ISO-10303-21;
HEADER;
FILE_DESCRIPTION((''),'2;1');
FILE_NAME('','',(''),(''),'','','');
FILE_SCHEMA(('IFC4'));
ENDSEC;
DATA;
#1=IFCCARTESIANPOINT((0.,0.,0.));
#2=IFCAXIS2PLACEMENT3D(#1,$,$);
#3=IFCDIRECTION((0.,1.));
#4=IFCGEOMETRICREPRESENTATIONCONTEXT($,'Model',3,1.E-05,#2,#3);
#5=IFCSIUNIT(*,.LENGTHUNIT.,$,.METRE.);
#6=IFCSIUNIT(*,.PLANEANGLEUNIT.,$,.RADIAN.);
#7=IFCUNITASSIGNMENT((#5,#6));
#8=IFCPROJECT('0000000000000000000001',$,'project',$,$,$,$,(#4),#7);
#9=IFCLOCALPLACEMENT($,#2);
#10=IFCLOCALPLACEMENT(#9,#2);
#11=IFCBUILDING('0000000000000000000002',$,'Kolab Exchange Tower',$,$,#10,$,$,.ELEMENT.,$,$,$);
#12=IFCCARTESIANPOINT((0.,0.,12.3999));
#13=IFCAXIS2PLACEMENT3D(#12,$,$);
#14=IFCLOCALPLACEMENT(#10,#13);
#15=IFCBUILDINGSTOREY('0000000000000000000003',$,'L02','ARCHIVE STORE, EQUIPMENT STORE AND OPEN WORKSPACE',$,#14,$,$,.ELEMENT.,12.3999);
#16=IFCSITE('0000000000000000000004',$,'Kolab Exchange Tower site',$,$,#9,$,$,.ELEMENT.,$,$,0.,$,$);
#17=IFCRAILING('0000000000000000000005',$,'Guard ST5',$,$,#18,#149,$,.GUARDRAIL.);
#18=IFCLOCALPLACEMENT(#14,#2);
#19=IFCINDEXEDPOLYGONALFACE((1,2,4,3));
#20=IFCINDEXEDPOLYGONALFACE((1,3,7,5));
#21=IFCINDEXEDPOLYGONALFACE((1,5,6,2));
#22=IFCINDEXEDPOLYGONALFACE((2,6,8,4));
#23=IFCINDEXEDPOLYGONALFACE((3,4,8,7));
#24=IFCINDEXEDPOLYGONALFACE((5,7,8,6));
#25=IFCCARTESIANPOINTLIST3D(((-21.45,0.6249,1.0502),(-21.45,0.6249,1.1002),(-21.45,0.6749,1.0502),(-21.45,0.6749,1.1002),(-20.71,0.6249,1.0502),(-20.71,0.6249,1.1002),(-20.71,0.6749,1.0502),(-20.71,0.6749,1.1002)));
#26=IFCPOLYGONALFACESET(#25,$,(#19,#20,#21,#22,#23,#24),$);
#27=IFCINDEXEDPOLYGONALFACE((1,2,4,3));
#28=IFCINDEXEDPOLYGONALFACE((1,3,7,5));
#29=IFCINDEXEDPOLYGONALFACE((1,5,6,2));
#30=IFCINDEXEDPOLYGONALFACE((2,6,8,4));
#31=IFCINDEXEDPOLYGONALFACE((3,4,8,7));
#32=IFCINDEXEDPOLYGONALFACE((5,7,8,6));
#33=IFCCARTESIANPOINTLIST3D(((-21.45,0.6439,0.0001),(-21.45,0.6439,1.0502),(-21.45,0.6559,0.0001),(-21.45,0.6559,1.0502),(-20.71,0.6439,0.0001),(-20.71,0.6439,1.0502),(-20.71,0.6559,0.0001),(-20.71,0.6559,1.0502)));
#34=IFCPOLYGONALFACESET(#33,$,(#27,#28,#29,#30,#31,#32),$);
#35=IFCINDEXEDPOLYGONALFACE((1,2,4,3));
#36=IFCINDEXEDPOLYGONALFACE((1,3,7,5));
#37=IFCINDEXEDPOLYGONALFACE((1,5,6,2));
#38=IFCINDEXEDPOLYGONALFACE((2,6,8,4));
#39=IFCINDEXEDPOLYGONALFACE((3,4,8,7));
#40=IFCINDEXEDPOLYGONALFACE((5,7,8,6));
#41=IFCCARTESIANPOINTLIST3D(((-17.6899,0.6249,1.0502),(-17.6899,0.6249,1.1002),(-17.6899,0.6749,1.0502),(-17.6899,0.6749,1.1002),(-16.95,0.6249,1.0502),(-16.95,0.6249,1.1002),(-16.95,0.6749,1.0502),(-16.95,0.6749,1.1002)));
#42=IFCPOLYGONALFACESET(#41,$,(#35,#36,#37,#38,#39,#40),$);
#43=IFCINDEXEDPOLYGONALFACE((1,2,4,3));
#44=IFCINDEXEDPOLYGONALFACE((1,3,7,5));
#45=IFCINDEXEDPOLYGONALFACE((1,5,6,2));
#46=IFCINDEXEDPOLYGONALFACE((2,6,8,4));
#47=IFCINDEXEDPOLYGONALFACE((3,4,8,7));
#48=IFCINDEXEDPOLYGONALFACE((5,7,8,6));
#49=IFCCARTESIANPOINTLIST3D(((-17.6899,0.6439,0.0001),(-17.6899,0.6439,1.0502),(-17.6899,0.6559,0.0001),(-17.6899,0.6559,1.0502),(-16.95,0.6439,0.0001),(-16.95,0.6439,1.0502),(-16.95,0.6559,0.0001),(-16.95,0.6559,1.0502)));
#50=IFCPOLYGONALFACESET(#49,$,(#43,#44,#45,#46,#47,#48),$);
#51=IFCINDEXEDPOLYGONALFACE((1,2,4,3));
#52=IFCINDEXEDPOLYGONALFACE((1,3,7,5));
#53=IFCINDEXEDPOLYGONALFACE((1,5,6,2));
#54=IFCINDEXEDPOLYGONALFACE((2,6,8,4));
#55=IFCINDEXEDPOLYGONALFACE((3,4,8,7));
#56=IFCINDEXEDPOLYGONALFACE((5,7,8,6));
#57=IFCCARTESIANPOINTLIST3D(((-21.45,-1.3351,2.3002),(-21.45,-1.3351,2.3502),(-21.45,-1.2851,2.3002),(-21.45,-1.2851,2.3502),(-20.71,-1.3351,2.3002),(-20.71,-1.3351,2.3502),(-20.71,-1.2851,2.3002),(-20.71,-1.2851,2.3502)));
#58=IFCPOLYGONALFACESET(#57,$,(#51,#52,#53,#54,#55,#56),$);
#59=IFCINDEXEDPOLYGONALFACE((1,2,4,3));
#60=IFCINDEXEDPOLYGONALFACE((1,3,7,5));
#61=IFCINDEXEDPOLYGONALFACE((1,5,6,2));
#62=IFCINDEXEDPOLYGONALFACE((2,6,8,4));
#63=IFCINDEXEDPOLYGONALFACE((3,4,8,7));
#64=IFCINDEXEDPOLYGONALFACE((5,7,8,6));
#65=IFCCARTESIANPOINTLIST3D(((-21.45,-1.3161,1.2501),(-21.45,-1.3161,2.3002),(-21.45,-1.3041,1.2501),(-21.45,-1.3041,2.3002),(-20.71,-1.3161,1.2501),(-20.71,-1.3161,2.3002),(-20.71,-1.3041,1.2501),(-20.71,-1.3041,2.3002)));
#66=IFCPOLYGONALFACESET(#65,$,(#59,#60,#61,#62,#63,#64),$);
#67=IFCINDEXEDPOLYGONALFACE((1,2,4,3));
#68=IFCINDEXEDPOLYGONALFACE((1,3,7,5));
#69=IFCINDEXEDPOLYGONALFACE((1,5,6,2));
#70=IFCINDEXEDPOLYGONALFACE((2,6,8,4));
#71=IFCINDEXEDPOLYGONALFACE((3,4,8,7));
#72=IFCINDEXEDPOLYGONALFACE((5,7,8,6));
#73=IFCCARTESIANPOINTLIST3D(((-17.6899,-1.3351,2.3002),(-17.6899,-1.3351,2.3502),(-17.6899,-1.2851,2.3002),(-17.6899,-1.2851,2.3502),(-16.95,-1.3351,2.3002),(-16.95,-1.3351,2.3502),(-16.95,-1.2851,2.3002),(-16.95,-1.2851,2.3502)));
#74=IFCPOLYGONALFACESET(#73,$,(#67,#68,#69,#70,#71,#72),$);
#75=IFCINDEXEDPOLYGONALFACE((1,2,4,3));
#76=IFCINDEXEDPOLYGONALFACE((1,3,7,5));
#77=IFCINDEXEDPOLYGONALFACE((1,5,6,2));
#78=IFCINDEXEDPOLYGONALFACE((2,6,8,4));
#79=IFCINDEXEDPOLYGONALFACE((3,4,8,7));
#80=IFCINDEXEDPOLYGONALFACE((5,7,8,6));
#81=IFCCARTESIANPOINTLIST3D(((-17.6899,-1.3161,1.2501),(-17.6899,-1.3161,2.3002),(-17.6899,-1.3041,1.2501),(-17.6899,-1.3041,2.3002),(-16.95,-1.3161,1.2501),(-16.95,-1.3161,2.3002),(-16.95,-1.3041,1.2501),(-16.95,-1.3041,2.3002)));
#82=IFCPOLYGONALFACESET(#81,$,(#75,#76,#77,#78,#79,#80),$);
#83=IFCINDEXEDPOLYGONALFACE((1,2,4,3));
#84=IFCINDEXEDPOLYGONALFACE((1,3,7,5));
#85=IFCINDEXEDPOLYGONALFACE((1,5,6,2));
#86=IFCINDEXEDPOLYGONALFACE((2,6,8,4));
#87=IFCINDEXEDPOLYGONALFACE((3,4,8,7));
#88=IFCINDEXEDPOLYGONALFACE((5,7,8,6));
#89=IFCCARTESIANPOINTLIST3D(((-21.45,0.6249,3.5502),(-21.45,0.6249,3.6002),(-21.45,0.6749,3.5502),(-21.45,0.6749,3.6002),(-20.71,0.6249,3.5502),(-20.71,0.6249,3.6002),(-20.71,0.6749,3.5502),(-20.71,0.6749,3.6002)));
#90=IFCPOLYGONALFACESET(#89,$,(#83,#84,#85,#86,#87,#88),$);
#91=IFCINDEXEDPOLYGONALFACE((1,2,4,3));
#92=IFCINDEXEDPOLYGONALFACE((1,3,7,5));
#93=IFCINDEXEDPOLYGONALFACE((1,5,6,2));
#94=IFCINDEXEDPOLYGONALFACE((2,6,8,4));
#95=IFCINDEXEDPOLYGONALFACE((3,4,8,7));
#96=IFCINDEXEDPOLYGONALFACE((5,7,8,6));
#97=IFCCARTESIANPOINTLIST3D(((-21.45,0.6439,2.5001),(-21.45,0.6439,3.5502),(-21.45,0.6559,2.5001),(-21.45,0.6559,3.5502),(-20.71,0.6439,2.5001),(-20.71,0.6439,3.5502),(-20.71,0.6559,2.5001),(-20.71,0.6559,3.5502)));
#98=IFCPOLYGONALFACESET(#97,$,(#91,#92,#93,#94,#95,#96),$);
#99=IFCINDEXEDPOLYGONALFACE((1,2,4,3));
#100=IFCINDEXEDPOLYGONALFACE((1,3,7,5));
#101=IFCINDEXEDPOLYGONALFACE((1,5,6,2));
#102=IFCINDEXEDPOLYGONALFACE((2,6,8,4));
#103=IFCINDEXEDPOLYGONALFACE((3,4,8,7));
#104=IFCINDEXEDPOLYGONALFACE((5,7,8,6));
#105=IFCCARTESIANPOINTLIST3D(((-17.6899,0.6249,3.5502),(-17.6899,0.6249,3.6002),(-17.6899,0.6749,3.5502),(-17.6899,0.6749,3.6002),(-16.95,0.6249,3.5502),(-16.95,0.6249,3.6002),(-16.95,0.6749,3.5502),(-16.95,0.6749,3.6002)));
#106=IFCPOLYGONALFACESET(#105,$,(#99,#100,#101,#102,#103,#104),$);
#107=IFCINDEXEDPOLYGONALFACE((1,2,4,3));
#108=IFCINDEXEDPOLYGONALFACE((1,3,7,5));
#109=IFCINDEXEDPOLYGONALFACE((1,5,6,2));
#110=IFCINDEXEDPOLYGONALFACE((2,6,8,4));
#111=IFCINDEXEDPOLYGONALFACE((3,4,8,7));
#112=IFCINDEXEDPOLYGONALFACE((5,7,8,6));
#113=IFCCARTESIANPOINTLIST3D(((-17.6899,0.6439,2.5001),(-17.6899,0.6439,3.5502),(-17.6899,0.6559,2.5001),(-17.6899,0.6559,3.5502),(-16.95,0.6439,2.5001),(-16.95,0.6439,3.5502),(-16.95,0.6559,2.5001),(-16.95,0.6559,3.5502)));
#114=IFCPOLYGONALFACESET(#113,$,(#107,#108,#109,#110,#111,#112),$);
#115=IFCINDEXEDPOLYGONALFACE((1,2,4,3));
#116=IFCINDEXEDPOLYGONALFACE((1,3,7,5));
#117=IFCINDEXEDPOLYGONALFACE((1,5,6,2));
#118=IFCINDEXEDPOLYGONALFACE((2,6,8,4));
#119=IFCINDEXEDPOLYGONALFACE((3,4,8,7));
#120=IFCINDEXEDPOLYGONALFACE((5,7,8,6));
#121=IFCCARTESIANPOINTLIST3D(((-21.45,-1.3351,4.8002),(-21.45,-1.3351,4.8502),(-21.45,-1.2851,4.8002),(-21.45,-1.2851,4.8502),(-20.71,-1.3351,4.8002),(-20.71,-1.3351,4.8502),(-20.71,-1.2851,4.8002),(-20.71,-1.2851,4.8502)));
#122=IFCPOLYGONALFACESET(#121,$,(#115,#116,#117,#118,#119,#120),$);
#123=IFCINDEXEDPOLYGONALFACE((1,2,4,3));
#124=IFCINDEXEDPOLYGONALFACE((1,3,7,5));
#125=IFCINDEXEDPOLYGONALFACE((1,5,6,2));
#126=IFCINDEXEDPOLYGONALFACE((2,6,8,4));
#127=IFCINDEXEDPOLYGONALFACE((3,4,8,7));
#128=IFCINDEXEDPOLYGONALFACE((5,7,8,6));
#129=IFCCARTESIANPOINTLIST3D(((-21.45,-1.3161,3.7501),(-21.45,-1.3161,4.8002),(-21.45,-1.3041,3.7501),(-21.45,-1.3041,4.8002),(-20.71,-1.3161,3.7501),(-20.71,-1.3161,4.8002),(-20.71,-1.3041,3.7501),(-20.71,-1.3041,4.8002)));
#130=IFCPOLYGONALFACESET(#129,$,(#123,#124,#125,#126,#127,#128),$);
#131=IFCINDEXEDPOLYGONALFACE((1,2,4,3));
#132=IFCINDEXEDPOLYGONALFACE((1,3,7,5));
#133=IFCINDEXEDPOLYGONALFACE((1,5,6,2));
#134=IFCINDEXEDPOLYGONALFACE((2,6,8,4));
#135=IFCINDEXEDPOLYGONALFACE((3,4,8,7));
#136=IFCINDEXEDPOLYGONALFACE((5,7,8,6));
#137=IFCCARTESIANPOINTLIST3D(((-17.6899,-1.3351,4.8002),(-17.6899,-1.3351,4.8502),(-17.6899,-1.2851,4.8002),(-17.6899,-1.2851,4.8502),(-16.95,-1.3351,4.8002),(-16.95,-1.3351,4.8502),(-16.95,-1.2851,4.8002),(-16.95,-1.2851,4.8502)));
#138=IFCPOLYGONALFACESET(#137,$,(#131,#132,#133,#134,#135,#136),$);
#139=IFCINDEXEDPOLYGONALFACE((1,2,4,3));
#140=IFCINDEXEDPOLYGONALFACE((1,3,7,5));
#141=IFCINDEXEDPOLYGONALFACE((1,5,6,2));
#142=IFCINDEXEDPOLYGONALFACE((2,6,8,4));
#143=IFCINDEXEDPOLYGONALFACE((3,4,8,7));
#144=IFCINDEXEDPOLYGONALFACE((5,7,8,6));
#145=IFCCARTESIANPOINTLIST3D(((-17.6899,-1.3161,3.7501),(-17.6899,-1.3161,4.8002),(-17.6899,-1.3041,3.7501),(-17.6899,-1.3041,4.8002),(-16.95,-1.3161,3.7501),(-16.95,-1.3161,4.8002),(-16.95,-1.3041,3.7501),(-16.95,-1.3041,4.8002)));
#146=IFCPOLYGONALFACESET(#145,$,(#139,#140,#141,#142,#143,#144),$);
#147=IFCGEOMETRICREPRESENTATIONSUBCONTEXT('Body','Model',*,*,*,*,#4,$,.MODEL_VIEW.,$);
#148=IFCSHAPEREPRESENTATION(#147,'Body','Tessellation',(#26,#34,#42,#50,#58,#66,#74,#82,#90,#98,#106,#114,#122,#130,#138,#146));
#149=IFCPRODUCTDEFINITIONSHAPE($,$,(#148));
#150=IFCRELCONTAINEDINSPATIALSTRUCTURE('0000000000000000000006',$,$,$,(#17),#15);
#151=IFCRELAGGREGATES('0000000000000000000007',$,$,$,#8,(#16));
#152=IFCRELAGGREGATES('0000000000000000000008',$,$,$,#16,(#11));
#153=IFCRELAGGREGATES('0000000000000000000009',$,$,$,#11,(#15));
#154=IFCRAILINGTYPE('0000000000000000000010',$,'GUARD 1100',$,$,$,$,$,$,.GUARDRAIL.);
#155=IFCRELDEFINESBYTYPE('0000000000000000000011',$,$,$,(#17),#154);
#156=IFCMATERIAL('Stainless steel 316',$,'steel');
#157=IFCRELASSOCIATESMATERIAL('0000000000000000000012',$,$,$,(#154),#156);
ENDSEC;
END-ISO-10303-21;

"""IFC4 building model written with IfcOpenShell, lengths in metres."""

from ifc_helpers import new_model, si_unit, direction, frame, frame_2d, origin, origin_2d, place, context, subcontext, project, spatial, rectangle, extrude, material, type_object, element, save


model = new_model("IFC4")

# Units and contexts
model_context = context("Model", 3, precision=1e-05, world=origin(), true_north=direction((0.0, 1.0)))
body_context = subcontext(model_context, "Body", "Model", "MODEL_VIEW")
ifc_project = project(units=[si_unit("LENGTHUNIT", "METRE"), si_unit("PLANEANGLEUNIT", "RADIAN")], contexts=[model_context])

# Site, building, storey
site_placement = place(None, origin())
site = spatial("IfcSite", under=ifc_project, at=site_placement, Name="Kolab Exchange Tower site", CompositionType="ELEMENT", RefElevation=0.0)
building_placement = place(site_placement, origin())
building = spatial("IfcBuilding", under=site, at=building_placement, Name="Kolab Exchange Tower", CompositionType="ELEMENT")
storey_placement = place(building_placement, frame((0.0, 0.0, 12.3999)))
storey = spatial("IfcBuildingStorey", under=building, at=storey_placement, Name="L02", Description="ARCHIVE STORE, EQUIPMENT STORE AND OPEN WORKSPACE", CompositionType="ELEMENT", Elevation=12.3999)

# Railing
ifc_material_1 = material(Name="Stainless steel 316", Category="steel")
railing_type = type_object("IfcRailingType", Name="GUARD 1100", PredefinedType="GUARDRAIL", material=ifc_material_1)
railing_placement = place(storey_placement, frame((-21.45, 0.6499, 0.0)))
element("IfcRailing", 1, at=railing_placement, inside=storey, type_object=railing_type, Name="Guard ST5", PredefinedType="GUARDRAIL", context=body_context, shape_type="SweptSolid", body=[
    extrude(rectangle(XDim=0.05, YDim=0.05, at=origin_2d()), frame((0.0, 0.0, 1.0752), z_axis=(1.0, 0.0, 0.0), x_axis=(0.0, 1.0, 0.0)), (0.0, 0.0, 1.0), 0.74),
    extrude(rectangle(XDim=0.012, YDim=1.0501, at=frame_2d((0.0, 0.5251))), frame((0.0, 0.0, 0.0), z_axis=(1.0, 0.0, 0.0), x_axis=(0.0, 1.0, 0.0)), (0.0, 0.0, 1.0), 0.74),
    extrude(rectangle(XDim=0.05, YDim=0.05, at=origin_2d()), frame((3.76, 0.0, 1.0752), z_axis=(1.0, 0.0, 0.0), x_axis=(0.0, 1.0, 0.0)), (0.0, 0.0, 1.0), 0.74),
    extrude(rectangle(XDim=0.012, YDim=1.0501, at=frame_2d((0.0, 0.5251))), frame((3.76, 0.0, 0.0), z_axis=(1.0, 0.0, 0.0), x_axis=(0.0, 1.0, 0.0)), (0.0, 0.0, 1.0), 0.74),
    extrude(rectangle(XDim=0.05, YDim=0.05, at=origin_2d()), frame((0.0, -1.96, 2.3252), z_axis=(1.0, 0.0, 0.0), x_axis=(0.0, 1.0, 0.0)), (0.0, 0.0, 1.0), 0.74),
    extrude(rectangle(XDim=0.012, YDim=1.0501, at=frame_2d((0.0, 0.5251))), frame((0.0, -1.96, 1.25), z_axis=(1.0, 0.0, 0.0), x_axis=(0.0, 1.0, 0.0)), (0.0, 0.0, 1.0), 0.74),
    extrude(rectangle(XDim=0.05, YDim=0.05, at=origin_2d()), frame((3.76, -1.96, 2.3252), z_axis=(1.0, 0.0, 0.0), x_axis=(0.0, 1.0, 0.0)), (0.0, 0.0, 1.0), 0.74),
    extrude(rectangle(XDim=0.012, YDim=1.0501, at=frame_2d((0.0, 0.5251))), frame((3.76, -1.96, 1.25), z_axis=(1.0, 0.0, 0.0), x_axis=(0.0, 1.0, 0.0)), (0.0, 0.0, 1.0), 0.74),
    extrude(rectangle(XDim=0.05, YDim=0.05, at=origin_2d()), frame((0.0, 0.0, 3.5752), z_axis=(1.0, 0.0, 0.0), x_axis=(0.0, 1.0, 0.0)), (0.0, 0.0, 1.0), 0.74),
    extrude(rectangle(XDim=0.012, YDim=1.0501, at=frame_2d((0.0, 0.5251))), frame((0.0, 0.0, 2.5), z_axis=(1.0, 0.0, 0.0), x_axis=(0.0, 1.0, 0.0)), (0.0, 0.0, 1.0), 0.74),
    extrude(rectangle(XDim=0.05, YDim=0.05, at=origin_2d()), frame((3.76, 0.0, 3.5752), z_axis=(1.0, 0.0, 0.0), x_axis=(0.0, 1.0, 0.0)), (0.0, 0.0, 1.0), 0.74),
    extrude(rectangle(XDim=0.012, YDim=1.0501, at=frame_2d((0.0, 0.5251))), frame((3.76, 0.0, 2.5), z_axis=(1.0, 0.0, 0.0), x_axis=(0.0, 1.0, 0.0)), (0.0, 0.0, 1.0), 0.74),
    extrude(rectangle(XDim=0.05, YDim=0.05, at=origin_2d()), frame((0.0, -1.96, 4.8252), z_axis=(1.0, 0.0, 0.0), x_axis=(0.0, 1.0, 0.0)), (0.0, 0.0, 1.0), 0.74),
    extrude(rectangle(XDim=0.012, YDim=1.0501, at=frame_2d((0.0, 0.5251))), frame((0.0, -1.96, 3.75), z_axis=(1.0, 0.0, 0.0), x_axis=(0.0, 1.0, 0.0)), (0.0, 0.0, 1.0), 0.74),
    extrude(rectangle(XDim=0.05, YDim=0.05, at=origin_2d()), frame((3.76, -1.96, 4.8252), z_axis=(1.0, 0.0, 0.0), x_axis=(0.0, 1.0, 0.0)), (0.0, 0.0, 1.0), 0.74),
    extrude(rectangle(XDim=0.012, YDim=1.0501, at=frame_2d((0.0, 0.5251))), frame((3.76, -1.96, 3.75), z_axis=(1.0, 0.0, 0.0), x_axis=(0.0, 1.0, 0.0)), (0.0, 0.0, 1.0), 0.74),
])

save(model, "model.ifc")
